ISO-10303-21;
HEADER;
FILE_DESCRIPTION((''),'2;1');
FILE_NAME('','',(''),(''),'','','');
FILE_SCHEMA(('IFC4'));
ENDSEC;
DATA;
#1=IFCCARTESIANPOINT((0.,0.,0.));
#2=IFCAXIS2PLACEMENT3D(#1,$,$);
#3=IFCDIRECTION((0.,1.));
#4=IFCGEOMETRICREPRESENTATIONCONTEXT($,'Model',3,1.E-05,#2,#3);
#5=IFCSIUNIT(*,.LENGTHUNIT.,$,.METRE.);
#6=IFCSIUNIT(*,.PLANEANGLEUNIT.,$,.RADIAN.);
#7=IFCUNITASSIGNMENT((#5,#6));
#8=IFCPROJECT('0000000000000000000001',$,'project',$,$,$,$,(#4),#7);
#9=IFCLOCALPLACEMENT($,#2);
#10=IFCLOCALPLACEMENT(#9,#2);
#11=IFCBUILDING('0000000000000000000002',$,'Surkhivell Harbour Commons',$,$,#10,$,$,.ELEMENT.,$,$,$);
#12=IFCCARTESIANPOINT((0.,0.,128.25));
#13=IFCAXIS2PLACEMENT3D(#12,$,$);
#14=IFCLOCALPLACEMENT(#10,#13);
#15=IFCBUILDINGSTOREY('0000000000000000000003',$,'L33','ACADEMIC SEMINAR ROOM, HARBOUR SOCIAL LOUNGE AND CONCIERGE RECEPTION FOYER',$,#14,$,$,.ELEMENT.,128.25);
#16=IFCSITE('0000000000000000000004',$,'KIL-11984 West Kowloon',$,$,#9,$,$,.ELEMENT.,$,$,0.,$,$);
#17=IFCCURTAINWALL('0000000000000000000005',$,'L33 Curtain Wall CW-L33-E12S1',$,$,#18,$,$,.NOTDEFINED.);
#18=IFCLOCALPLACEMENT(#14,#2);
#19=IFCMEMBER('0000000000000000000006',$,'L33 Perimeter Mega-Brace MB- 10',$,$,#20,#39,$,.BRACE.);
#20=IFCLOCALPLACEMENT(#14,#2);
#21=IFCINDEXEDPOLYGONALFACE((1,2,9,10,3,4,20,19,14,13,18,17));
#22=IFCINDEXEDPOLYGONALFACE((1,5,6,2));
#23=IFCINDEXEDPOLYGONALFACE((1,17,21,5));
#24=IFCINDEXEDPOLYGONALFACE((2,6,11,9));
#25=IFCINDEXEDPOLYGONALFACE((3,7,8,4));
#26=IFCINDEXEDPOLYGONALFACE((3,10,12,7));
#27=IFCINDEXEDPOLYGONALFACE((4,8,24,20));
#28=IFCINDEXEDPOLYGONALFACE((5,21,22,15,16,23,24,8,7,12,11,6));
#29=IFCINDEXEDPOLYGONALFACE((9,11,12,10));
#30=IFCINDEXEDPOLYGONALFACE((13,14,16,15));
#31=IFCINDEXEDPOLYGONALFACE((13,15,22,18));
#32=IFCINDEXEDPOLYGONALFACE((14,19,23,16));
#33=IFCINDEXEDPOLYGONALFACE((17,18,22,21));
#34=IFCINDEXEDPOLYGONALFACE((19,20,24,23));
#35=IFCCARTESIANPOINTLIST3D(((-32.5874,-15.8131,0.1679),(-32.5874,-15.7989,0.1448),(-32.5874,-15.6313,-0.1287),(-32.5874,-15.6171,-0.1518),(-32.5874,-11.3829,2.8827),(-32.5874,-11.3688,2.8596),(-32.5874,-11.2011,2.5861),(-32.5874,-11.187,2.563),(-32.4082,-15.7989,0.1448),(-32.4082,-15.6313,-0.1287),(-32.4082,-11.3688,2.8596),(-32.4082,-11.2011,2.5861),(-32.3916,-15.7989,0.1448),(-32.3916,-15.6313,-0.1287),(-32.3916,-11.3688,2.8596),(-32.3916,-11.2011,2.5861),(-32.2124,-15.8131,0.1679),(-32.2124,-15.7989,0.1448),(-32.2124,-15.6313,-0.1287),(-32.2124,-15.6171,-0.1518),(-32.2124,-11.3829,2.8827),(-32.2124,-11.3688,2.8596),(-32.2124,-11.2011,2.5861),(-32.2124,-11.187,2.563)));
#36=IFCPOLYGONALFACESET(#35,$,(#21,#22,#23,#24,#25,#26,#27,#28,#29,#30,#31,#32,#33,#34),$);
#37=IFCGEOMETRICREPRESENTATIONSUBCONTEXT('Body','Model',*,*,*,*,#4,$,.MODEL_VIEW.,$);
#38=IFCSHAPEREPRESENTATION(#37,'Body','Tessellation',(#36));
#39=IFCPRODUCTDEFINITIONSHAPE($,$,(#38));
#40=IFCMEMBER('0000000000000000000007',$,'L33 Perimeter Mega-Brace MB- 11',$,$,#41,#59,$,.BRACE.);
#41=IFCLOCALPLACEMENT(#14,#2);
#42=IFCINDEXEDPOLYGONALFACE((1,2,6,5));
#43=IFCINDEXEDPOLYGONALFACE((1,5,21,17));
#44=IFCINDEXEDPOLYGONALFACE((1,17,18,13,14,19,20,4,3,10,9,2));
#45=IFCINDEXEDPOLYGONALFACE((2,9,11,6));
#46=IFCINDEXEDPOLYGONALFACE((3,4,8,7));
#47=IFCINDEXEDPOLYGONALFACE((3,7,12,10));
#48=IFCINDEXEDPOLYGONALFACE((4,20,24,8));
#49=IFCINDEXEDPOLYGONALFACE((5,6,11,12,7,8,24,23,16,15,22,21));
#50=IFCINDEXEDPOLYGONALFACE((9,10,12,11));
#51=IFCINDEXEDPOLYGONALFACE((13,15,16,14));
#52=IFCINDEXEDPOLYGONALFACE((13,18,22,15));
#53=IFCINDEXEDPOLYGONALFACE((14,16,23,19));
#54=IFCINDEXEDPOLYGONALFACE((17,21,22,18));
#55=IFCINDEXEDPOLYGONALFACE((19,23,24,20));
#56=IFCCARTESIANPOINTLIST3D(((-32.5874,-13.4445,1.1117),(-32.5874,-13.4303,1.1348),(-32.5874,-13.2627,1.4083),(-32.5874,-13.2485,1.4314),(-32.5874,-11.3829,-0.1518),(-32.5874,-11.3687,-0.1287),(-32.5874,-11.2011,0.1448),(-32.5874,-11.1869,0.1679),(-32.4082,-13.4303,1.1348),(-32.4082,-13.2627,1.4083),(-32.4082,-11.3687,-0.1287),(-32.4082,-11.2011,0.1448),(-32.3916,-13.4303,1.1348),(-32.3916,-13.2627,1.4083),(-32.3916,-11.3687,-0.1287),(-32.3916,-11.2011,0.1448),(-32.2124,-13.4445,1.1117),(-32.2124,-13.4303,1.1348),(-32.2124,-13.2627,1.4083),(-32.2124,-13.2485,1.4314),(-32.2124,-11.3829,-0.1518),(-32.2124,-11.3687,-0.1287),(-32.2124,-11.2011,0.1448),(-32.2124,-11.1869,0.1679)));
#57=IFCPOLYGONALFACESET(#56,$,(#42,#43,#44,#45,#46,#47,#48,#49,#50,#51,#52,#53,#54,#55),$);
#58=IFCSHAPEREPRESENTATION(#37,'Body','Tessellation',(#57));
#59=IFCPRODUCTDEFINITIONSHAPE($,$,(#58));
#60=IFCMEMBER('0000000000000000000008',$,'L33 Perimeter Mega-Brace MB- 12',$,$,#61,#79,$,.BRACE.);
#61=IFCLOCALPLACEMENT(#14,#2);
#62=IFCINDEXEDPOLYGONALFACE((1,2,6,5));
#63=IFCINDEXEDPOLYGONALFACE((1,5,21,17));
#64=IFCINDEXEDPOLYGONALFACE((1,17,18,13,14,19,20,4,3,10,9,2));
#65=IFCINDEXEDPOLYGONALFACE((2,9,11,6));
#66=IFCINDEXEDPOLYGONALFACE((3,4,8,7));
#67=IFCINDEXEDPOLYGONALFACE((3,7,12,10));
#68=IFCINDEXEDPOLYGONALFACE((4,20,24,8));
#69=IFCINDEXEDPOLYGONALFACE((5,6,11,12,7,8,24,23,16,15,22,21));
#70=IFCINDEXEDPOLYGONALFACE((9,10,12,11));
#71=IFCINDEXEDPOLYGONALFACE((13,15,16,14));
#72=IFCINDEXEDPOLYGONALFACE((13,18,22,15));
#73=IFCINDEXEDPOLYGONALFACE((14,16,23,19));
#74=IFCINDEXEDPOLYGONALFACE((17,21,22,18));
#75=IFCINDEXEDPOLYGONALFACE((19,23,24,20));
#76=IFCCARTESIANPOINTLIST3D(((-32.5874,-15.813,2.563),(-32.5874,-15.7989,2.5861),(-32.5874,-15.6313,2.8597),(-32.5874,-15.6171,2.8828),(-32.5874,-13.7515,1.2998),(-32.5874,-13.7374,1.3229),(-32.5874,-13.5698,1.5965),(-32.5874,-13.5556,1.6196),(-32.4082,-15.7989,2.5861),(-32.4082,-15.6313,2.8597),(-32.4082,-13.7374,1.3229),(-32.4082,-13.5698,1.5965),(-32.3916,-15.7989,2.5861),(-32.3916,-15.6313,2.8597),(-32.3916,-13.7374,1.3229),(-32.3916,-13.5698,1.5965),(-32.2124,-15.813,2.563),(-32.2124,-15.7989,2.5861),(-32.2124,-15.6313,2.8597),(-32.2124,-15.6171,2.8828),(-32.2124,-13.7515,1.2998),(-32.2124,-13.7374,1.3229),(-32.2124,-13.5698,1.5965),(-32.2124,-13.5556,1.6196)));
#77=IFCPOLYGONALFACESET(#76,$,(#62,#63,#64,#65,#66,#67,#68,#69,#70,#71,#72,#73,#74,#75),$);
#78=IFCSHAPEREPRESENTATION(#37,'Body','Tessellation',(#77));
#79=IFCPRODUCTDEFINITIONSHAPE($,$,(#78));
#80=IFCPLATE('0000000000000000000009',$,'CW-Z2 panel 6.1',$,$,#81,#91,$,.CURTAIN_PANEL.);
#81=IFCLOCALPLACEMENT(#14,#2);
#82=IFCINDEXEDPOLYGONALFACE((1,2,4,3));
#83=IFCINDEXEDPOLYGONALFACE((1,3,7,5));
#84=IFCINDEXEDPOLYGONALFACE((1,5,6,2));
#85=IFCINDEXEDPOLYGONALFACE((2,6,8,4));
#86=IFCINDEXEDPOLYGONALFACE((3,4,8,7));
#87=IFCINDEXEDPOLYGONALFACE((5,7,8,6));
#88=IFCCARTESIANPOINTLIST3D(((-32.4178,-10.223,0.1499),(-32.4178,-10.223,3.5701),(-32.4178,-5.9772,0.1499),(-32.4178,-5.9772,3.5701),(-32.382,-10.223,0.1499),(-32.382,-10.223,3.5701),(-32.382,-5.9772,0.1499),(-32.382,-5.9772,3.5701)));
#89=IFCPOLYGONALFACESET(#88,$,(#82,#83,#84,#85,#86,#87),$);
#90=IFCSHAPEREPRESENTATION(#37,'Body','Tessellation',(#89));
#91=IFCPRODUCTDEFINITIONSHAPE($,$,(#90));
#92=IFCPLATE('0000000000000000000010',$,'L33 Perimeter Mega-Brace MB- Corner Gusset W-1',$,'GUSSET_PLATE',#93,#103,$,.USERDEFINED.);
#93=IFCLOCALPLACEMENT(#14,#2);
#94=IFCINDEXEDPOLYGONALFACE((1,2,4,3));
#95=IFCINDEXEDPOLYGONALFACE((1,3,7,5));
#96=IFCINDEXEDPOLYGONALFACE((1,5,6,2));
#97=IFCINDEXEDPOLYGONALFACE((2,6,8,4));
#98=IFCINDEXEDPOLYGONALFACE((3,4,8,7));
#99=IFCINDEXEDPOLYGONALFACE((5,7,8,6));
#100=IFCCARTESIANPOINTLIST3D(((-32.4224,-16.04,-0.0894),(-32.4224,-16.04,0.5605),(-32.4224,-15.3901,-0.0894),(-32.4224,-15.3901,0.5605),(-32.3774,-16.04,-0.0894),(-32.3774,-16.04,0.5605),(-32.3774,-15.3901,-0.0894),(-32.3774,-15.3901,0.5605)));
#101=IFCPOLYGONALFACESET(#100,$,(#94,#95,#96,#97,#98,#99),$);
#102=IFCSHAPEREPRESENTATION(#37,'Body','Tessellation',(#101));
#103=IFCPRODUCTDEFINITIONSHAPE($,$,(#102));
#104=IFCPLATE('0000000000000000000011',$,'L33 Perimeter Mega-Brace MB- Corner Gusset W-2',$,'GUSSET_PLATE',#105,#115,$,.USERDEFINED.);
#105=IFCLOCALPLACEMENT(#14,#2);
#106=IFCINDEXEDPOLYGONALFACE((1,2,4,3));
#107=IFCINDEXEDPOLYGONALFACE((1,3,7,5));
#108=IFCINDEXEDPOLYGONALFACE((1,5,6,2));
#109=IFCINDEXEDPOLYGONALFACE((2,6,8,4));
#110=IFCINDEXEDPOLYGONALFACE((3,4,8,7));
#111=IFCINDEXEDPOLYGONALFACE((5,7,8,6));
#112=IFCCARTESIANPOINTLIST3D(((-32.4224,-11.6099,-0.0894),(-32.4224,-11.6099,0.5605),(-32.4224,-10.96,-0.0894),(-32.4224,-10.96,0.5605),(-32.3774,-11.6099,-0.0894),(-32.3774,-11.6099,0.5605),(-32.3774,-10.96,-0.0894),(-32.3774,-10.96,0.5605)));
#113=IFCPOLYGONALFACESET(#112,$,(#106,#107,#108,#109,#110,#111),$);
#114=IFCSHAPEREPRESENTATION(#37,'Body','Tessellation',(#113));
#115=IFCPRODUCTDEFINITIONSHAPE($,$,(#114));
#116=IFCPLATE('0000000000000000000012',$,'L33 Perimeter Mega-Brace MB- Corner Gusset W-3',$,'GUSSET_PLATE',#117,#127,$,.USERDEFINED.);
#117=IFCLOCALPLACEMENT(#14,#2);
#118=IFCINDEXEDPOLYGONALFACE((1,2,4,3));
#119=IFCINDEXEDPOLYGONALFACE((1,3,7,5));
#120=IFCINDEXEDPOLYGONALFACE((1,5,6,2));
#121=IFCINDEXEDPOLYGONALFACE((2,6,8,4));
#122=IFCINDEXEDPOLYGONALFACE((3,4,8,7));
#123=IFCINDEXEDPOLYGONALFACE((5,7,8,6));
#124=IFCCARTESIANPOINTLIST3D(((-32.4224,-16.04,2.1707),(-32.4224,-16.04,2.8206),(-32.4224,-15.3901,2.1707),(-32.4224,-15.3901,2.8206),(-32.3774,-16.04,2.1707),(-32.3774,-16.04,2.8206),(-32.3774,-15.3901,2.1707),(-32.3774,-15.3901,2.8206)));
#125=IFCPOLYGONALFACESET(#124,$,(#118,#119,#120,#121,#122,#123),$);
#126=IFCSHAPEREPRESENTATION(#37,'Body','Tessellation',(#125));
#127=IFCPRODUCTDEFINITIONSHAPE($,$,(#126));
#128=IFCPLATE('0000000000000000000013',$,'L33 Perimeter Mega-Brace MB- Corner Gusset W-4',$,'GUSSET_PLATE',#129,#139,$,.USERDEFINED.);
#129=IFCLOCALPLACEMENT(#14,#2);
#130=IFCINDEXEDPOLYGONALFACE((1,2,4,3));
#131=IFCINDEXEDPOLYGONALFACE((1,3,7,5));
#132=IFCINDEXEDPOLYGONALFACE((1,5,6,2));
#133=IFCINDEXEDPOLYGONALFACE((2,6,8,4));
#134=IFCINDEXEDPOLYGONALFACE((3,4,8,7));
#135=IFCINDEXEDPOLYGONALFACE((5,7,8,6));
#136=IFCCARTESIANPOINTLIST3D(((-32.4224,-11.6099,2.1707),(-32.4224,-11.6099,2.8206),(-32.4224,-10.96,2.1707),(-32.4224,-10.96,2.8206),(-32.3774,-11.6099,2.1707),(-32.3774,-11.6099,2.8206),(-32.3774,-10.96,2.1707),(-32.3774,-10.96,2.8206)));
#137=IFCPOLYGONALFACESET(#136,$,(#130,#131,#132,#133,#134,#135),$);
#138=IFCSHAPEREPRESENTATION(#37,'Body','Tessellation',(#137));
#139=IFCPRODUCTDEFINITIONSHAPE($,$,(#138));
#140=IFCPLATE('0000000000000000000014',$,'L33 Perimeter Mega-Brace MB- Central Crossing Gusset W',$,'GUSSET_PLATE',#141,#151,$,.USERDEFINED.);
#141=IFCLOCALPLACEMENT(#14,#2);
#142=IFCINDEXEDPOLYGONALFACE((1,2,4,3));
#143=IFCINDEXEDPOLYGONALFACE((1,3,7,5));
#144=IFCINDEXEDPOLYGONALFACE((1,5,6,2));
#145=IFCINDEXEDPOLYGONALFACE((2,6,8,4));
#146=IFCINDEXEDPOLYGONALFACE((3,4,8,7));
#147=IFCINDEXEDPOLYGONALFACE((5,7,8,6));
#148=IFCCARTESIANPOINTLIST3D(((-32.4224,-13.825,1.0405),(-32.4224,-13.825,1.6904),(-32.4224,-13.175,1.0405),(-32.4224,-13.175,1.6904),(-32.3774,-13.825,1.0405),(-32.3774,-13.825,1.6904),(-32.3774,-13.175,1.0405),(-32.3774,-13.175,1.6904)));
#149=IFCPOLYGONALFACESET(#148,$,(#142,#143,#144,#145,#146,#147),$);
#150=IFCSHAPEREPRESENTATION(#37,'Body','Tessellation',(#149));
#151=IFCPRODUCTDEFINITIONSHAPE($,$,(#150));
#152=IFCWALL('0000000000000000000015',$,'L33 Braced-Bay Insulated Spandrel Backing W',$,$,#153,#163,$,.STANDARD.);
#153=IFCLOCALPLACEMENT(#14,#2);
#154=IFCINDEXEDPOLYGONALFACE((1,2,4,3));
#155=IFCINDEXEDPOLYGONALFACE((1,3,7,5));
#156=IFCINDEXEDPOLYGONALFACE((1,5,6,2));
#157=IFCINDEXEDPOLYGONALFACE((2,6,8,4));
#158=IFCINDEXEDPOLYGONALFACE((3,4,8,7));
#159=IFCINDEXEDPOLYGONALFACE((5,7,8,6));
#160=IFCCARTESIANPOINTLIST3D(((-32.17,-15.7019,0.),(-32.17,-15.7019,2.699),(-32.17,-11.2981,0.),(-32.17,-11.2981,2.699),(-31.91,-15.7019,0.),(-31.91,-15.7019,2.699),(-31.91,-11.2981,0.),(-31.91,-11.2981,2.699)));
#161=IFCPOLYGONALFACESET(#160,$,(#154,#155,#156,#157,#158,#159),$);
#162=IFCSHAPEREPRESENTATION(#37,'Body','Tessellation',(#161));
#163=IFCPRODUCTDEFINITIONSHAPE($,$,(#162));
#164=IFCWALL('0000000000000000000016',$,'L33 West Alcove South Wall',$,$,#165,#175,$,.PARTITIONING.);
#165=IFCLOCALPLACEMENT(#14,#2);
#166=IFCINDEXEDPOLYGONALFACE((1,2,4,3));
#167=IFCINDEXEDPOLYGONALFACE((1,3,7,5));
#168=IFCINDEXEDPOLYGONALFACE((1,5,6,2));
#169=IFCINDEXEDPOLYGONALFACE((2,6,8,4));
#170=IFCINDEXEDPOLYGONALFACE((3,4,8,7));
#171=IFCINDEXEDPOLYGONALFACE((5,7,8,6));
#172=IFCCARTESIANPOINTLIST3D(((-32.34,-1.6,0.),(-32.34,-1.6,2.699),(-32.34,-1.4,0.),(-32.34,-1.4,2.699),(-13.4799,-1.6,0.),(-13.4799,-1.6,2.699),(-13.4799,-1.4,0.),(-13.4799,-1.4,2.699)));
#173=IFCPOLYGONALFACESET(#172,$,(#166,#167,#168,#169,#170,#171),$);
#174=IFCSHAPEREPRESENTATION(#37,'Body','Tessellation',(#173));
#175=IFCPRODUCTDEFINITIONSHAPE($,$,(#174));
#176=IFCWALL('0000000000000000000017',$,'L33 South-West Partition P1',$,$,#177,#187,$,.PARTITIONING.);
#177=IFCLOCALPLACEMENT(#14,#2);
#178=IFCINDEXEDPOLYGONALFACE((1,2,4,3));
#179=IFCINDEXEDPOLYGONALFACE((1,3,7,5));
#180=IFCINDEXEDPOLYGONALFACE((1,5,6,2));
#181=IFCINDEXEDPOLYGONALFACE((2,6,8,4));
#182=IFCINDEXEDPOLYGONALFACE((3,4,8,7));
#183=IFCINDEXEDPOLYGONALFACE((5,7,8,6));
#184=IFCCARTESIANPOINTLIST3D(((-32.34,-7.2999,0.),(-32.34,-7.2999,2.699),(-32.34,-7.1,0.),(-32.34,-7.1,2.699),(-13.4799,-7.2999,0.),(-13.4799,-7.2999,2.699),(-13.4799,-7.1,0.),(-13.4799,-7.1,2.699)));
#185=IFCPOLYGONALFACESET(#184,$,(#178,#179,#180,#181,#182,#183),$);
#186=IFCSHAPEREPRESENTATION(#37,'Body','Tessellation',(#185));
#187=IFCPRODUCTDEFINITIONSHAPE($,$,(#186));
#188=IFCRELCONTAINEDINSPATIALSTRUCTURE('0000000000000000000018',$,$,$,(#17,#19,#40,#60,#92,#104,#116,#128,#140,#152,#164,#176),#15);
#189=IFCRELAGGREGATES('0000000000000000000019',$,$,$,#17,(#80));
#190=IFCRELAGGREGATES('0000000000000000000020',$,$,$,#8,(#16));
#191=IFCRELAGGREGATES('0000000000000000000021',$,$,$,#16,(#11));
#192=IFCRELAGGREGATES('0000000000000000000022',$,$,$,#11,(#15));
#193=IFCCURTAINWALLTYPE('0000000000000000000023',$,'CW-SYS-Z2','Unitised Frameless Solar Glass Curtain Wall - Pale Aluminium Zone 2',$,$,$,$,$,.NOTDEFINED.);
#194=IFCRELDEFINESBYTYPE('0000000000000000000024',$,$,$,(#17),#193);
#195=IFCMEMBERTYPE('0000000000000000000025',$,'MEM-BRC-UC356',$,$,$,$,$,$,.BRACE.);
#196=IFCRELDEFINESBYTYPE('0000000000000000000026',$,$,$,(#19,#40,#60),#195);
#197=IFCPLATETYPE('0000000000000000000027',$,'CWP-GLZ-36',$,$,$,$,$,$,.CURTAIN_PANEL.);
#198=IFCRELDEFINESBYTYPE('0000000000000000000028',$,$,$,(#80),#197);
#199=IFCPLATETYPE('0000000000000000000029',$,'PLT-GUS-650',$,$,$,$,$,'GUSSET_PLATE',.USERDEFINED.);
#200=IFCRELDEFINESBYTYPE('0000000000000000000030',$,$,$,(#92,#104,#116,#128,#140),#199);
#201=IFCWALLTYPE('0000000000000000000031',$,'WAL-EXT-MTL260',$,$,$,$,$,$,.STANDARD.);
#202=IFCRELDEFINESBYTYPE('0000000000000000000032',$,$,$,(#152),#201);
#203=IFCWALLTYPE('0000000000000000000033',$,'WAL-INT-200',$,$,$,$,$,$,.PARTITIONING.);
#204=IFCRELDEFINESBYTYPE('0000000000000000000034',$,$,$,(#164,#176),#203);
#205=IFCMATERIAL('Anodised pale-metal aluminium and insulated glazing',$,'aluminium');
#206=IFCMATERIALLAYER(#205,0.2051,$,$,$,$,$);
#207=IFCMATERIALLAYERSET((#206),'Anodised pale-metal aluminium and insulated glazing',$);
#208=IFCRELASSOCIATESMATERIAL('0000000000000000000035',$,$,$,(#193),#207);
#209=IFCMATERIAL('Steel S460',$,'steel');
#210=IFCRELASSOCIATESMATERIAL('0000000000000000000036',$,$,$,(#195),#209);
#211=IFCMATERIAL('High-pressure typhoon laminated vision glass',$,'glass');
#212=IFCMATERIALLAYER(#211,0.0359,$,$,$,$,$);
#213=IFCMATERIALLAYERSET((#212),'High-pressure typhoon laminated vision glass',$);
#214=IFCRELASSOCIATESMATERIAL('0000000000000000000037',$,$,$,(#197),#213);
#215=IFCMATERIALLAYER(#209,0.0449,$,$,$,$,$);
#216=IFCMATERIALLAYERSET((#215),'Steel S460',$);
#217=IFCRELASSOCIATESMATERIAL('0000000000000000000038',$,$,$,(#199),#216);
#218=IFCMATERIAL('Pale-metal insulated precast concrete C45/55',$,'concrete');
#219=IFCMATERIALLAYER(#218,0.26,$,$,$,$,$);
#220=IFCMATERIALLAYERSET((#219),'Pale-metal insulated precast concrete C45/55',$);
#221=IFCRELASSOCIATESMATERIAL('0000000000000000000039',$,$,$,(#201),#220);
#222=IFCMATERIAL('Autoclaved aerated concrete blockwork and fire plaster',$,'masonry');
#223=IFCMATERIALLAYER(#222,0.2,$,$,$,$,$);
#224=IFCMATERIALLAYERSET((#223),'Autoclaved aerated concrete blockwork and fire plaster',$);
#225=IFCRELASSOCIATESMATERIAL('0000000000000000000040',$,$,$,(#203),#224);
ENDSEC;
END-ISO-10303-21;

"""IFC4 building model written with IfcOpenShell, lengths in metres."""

from ifc_helpers import new_model, si_unit, direction, frame, frame_2d, origin, origin_2d, place, context, subcontext, project, spatial, rectangle, i_section, extrude, material, layer, layer_set, material_profile, profile_set, type_object, element, aggregate, save


model = new_model("IFC4")

# Units and contexts
model_context = context("Model", 3, precision=1e-05, world=origin(), true_north=direction((0.0, 1.0)))
body_context = subcontext(model_context, "Body", "Model", "MODEL_VIEW")
ifc_project = project(units=[si_unit("LENGTHUNIT", "METRE"), si_unit("PLANEANGLEUNIT", "RADIAN")], contexts=[model_context])

# Site, building, storey
site_placement = place(None, origin())
site = spatial("IfcSite", under=ifc_project, at=site_placement, Name="KIL-11984 West Kowloon", CompositionType="ELEMENT", RefElevation=0.0)
building_placement = place(site_placement, origin())
building = spatial("IfcBuilding", under=site, at=building_placement, Name="Surkhivell Harbour Commons", CompositionType="ELEMENT")
storey_placement = place(building_placement, frame((0.0, 0.0, 128.25)))
storey = spatial("IfcBuildingStorey", under=building, at=storey_placement, Name="L33", Description="ACADEMIC SEMINAR ROOM, HARBOUR SOCIAL LOUNGE AND CONCIERGE RECEPTION FOYER", CompositionType="ELEMENT", Elevation=128.25)

# Shared definitions
ifc_material_1 = material(Name="Steel S460", Category="steel")

# Curtain wall
ifc_material_2 = material(Name="Anodised pale-metal aluminium and insulated glazing", Category="aluminium")
ifc_layer_1 = layer(ifc_material_2, 0.2051)
ifc_layer_set_1 = layer_set([ifc_layer_1], Name="Anodised pale-metal aluminium and insulated glazing")
curtain_wall_type = type_object("IfcCurtainWallType", Name="CW-SYS-Z2", Description="Unitised Frameless Solar Glass Curtain Wall - Pale Aluminium Zone 2", PredefinedType="NOTDEFINED", material=ifc_layer_set_1)
curtain_wall_placement = place(storey_placement, origin())
curtain_wall = element("IfcCurtainWall", 1, at=curtain_wall_placement, inside=storey, type_object=curtain_wall_type, Name="L33 Curtain Wall CW-L33-E12S1", PredefinedType="NOTDEFINED")

# Members
ifc_material_profile_1 = material_profile(ifc_material_1, i_section(OverallWidth=0.375, OverallDepth=0.375, WebThickness=0.0166, FlangeThickness=0.0271, at=origin_2d()), Name="UC356x368x202")
ifc_profile_set_1 = profile_set([ifc_material_profile_1], Name="Steel S460")
member_type_1 = type_object("IfcMemberType", Name="MEM-BRC-UC356", PredefinedType="BRACE", material=ifc_profile_set_1)
member_1_placement = place(storey_placement, frame((-32.3999, -15.7151, 0.0081), z_axis=(0.0, 0.852638, 0.522503), x_axis=(-1.0, 0.0, 0.0)))
element("IfcMember", 2, at=member_1_placement, inside=storey, type_object=member_type_1, Name="L33 Perimeter Mega-Brace MB- 10", PredefinedType="BRACE", context=body_context, shape_type="SweptSolid", body=[
    extrude(i_section(OverallWidth=0.375, OverallDepth=0.375, WebThickness=0.0166, FlangeThickness=0.0271, at=origin_2d()), origin(), (0.0, 0.0, 1.0), 5.1958),
])
member_2_placement = place(storey_placement, frame((-32.3999, -11.2849, 0.0081), z_axis=(0.0, -0.852617, 0.522536), x_axis=(1.0, 0.0, 0.0)))
element("IfcMember", 3, at=member_2_placement, inside=storey, type_object=member_type_1, Name="L33 Perimeter Mega-Brace MB- 11", PredefinedType="BRACE", context=body_context, shape_type="SweptSolid", body=[
    extrude(i_section(OverallWidth=0.375, OverallDepth=0.375, WebThickness=0.0166, FlangeThickness=0.0271, at=origin_2d()), origin(), (0.0, 0.0, 1.0), 2.418),
])
member_3_placement = place(storey_placement, frame((-32.3999, -13.6536, 1.4597), z_axis=(0.0, -0.852662, 0.522463), x_axis=(1.0, 0.0, 0.0)))
element("IfcMember", 4, at=member_3_placement, inside=storey, type_object=member_type_1, Name="L33 Perimeter Mega-Brace MB- 12", PredefinedType="BRACE", context=body_context, shape_type="SweptSolid", body=[
    extrude(i_section(OverallWidth=0.375, OverallDepth=0.375, WebThickness=0.0166, FlangeThickness=0.0271, at=origin_2d()), origin(), (0.0, 0.0, 1.0), 2.4177),
])

# Plate
ifc_material_3 = material(Name="High-pressure typhoon laminated vision glass", Category="glass")
ifc_layer_2 = layer(ifc_material_3, 0.0359)
ifc_layer_set_2 = layer_set([ifc_layer_2], Name="High-pressure typhoon laminated vision glass")
plate_type_1 = type_object("IfcPlateType", Name="CWP-GLZ-36", PredefinedType="CURTAIN_PANEL", material=ifc_layer_set_2)
plate_placement = place(storey_placement, frame((-32.3999, -5.9771, 0.1499), z_axis=(0.0, 0.0, 1.0), x_axis=(0.0, -1.0, 0.0)))
plate = element("IfcPlate", 5, at=plate_placement, type_object=plate_type_1, Name="CW-Z2 panel 6.1", PredefinedType="CURTAIN_PANEL", context=body_context, shape_type="SweptSolid", body=[
    extrude(rectangle(XDim=4.2458, YDim=0.0359, at=frame_2d((2.123, 0.0))), origin(), (0.0, 0.0, 1.0), 3.4202),
])
aggregate(curtain_wall, [plate])

# Plates
ifc_layer_3 = layer(ifc_material_1, 0.0449)
ifc_layer_set_3 = layer_set([ifc_layer_3], Name="Steel S460")
plate_type_2 = type_object("IfcPlateType", Name="PLT-GUS-650", ElementType="GUSSET_PLATE", PredefinedType="USERDEFINED", material=ifc_layer_set_3)
for number, where, z_axis, x_axis, name in (
    (6, (-32.3999, -15.7151, -0.0894), (0.0, 0.0, 1.0), (0.0, 1.0, 0.0), "L33 Perimeter Mega-Brace MB- Corner Gusset W-1"),
    (7, (-32.3999, -11.2849, -0.0894), (0.0, 0.0, 1.0), (0.0, 1.0, 0.0), "L33 Perimeter Mega-Brace MB- Corner Gusset W-2"),
    (8, (-32.3999, -15.7151, 2.1707), (0.0, 0.0, 1.0), (0.0, 1.0, 0.0), "L33 Perimeter Mega-Brace MB- Corner Gusset W-3"),
    (9, (-32.3999, -11.2849, 2.1707), (0.0, 0.0, 1.0), (0.0, 1.0, 0.0), "L33 Perimeter Mega-Brace MB- Corner Gusset W-4"),
    (10, (-32.3999, -13.5, 1.0405), (0.0, 0.0, 1.0), (0.0, 1.0, 0.0), "L33 Perimeter Mega-Brace MB- Central Crossing Gusset W"),
):
    element("IfcPlate", number, at=place(storey_placement, frame(where, z_axis=z_axis, x_axis=x_axis)), inside=storey, type_object=plate_type_2, Name=name, ObjectType="GUSSET_PLATE", PredefinedType="USERDEFINED", context=body_context, shape_type="SweptSolid", body=[
        extrude(rectangle(XDim=0.6499, YDim=0.0449, at=origin_2d()), origin(), (0.0, 0.0, 1.0), 0.6499),
    ])

# Walls
ifc_material_4 = material(Name="Pale-metal insulated precast concrete C45/55", Category="concrete")
ifc_layer_4 = layer(ifc_material_4, 0.26)
ifc_layer_set_4 = layer_set([ifc_layer_4], Name="Pale-metal insulated precast concrete C45/55")
wall_type_1 = type_object("IfcWallType", Name="WAL-EXT-MTL260", PredefinedType="STANDARD", material=ifc_layer_set_4)
wall_placement = place(storey_placement, frame((-32.04, -11.2981, 0.0), z_axis=(0.0, 0.0, 1.0), x_axis=(0.0, -1.0, 0.0)))
element("IfcWall", 11, at=wall_placement, inside=storey, type_object=wall_type_1, Name="L33 Braced-Bay Insulated Spandrel Backing W", PredefinedType="STANDARD", context=body_context, shape_type="SweptSolid", body=[
    extrude(rectangle(XDim=4.4038, YDim=0.26, at=frame_2d((2.2019, 0.0))), origin(), (0.0, 0.0, 1.0), 2.699),
])
ifc_material_5 = material(Name="Autoclaved aerated concrete blockwork and fire plaster", Category="masonry")
ifc_layer_5 = layer(ifc_material_5, 0.2)
ifc_layer_set_5 = layer_set([ifc_layer_5], Name="Autoclaved aerated concrete blockwork and fire plaster")
wall_type_2 = type_object("IfcWallType", Name="WAL-INT-200", PredefinedType="PARTITIONING", material=ifc_layer_set_5)
for number, where, z_axis, x_axis, name in (
    (12, (-32.3401, -1.5, 0.0), (0.0, 0.0, 1.0), (1.0, 0.0, 0.0), "L33 West Alcove South Wall"),
    (13, (-32.3401, -7.2, 0.0), (0.0, 0.0, 1.0), (1.0, 0.0, 0.0), "L33 South-West Partition P1"),
):
    element("IfcWall", number, at=place(storey_placement, frame(where, z_axis=z_axis, x_axis=x_axis)), inside=storey, type_object=wall_type_2, Name=name, PredefinedType="PARTITIONING", context=body_context, shape_type="SweptSolid", body=[
        extrude(rectangle(XDim=18.8601, YDim=0.2, at=frame_2d((9.4302, 0.0))), origin(), (0.0, 0.0, 1.0), 2.699),
    ])

save(model, "model.ifc")
